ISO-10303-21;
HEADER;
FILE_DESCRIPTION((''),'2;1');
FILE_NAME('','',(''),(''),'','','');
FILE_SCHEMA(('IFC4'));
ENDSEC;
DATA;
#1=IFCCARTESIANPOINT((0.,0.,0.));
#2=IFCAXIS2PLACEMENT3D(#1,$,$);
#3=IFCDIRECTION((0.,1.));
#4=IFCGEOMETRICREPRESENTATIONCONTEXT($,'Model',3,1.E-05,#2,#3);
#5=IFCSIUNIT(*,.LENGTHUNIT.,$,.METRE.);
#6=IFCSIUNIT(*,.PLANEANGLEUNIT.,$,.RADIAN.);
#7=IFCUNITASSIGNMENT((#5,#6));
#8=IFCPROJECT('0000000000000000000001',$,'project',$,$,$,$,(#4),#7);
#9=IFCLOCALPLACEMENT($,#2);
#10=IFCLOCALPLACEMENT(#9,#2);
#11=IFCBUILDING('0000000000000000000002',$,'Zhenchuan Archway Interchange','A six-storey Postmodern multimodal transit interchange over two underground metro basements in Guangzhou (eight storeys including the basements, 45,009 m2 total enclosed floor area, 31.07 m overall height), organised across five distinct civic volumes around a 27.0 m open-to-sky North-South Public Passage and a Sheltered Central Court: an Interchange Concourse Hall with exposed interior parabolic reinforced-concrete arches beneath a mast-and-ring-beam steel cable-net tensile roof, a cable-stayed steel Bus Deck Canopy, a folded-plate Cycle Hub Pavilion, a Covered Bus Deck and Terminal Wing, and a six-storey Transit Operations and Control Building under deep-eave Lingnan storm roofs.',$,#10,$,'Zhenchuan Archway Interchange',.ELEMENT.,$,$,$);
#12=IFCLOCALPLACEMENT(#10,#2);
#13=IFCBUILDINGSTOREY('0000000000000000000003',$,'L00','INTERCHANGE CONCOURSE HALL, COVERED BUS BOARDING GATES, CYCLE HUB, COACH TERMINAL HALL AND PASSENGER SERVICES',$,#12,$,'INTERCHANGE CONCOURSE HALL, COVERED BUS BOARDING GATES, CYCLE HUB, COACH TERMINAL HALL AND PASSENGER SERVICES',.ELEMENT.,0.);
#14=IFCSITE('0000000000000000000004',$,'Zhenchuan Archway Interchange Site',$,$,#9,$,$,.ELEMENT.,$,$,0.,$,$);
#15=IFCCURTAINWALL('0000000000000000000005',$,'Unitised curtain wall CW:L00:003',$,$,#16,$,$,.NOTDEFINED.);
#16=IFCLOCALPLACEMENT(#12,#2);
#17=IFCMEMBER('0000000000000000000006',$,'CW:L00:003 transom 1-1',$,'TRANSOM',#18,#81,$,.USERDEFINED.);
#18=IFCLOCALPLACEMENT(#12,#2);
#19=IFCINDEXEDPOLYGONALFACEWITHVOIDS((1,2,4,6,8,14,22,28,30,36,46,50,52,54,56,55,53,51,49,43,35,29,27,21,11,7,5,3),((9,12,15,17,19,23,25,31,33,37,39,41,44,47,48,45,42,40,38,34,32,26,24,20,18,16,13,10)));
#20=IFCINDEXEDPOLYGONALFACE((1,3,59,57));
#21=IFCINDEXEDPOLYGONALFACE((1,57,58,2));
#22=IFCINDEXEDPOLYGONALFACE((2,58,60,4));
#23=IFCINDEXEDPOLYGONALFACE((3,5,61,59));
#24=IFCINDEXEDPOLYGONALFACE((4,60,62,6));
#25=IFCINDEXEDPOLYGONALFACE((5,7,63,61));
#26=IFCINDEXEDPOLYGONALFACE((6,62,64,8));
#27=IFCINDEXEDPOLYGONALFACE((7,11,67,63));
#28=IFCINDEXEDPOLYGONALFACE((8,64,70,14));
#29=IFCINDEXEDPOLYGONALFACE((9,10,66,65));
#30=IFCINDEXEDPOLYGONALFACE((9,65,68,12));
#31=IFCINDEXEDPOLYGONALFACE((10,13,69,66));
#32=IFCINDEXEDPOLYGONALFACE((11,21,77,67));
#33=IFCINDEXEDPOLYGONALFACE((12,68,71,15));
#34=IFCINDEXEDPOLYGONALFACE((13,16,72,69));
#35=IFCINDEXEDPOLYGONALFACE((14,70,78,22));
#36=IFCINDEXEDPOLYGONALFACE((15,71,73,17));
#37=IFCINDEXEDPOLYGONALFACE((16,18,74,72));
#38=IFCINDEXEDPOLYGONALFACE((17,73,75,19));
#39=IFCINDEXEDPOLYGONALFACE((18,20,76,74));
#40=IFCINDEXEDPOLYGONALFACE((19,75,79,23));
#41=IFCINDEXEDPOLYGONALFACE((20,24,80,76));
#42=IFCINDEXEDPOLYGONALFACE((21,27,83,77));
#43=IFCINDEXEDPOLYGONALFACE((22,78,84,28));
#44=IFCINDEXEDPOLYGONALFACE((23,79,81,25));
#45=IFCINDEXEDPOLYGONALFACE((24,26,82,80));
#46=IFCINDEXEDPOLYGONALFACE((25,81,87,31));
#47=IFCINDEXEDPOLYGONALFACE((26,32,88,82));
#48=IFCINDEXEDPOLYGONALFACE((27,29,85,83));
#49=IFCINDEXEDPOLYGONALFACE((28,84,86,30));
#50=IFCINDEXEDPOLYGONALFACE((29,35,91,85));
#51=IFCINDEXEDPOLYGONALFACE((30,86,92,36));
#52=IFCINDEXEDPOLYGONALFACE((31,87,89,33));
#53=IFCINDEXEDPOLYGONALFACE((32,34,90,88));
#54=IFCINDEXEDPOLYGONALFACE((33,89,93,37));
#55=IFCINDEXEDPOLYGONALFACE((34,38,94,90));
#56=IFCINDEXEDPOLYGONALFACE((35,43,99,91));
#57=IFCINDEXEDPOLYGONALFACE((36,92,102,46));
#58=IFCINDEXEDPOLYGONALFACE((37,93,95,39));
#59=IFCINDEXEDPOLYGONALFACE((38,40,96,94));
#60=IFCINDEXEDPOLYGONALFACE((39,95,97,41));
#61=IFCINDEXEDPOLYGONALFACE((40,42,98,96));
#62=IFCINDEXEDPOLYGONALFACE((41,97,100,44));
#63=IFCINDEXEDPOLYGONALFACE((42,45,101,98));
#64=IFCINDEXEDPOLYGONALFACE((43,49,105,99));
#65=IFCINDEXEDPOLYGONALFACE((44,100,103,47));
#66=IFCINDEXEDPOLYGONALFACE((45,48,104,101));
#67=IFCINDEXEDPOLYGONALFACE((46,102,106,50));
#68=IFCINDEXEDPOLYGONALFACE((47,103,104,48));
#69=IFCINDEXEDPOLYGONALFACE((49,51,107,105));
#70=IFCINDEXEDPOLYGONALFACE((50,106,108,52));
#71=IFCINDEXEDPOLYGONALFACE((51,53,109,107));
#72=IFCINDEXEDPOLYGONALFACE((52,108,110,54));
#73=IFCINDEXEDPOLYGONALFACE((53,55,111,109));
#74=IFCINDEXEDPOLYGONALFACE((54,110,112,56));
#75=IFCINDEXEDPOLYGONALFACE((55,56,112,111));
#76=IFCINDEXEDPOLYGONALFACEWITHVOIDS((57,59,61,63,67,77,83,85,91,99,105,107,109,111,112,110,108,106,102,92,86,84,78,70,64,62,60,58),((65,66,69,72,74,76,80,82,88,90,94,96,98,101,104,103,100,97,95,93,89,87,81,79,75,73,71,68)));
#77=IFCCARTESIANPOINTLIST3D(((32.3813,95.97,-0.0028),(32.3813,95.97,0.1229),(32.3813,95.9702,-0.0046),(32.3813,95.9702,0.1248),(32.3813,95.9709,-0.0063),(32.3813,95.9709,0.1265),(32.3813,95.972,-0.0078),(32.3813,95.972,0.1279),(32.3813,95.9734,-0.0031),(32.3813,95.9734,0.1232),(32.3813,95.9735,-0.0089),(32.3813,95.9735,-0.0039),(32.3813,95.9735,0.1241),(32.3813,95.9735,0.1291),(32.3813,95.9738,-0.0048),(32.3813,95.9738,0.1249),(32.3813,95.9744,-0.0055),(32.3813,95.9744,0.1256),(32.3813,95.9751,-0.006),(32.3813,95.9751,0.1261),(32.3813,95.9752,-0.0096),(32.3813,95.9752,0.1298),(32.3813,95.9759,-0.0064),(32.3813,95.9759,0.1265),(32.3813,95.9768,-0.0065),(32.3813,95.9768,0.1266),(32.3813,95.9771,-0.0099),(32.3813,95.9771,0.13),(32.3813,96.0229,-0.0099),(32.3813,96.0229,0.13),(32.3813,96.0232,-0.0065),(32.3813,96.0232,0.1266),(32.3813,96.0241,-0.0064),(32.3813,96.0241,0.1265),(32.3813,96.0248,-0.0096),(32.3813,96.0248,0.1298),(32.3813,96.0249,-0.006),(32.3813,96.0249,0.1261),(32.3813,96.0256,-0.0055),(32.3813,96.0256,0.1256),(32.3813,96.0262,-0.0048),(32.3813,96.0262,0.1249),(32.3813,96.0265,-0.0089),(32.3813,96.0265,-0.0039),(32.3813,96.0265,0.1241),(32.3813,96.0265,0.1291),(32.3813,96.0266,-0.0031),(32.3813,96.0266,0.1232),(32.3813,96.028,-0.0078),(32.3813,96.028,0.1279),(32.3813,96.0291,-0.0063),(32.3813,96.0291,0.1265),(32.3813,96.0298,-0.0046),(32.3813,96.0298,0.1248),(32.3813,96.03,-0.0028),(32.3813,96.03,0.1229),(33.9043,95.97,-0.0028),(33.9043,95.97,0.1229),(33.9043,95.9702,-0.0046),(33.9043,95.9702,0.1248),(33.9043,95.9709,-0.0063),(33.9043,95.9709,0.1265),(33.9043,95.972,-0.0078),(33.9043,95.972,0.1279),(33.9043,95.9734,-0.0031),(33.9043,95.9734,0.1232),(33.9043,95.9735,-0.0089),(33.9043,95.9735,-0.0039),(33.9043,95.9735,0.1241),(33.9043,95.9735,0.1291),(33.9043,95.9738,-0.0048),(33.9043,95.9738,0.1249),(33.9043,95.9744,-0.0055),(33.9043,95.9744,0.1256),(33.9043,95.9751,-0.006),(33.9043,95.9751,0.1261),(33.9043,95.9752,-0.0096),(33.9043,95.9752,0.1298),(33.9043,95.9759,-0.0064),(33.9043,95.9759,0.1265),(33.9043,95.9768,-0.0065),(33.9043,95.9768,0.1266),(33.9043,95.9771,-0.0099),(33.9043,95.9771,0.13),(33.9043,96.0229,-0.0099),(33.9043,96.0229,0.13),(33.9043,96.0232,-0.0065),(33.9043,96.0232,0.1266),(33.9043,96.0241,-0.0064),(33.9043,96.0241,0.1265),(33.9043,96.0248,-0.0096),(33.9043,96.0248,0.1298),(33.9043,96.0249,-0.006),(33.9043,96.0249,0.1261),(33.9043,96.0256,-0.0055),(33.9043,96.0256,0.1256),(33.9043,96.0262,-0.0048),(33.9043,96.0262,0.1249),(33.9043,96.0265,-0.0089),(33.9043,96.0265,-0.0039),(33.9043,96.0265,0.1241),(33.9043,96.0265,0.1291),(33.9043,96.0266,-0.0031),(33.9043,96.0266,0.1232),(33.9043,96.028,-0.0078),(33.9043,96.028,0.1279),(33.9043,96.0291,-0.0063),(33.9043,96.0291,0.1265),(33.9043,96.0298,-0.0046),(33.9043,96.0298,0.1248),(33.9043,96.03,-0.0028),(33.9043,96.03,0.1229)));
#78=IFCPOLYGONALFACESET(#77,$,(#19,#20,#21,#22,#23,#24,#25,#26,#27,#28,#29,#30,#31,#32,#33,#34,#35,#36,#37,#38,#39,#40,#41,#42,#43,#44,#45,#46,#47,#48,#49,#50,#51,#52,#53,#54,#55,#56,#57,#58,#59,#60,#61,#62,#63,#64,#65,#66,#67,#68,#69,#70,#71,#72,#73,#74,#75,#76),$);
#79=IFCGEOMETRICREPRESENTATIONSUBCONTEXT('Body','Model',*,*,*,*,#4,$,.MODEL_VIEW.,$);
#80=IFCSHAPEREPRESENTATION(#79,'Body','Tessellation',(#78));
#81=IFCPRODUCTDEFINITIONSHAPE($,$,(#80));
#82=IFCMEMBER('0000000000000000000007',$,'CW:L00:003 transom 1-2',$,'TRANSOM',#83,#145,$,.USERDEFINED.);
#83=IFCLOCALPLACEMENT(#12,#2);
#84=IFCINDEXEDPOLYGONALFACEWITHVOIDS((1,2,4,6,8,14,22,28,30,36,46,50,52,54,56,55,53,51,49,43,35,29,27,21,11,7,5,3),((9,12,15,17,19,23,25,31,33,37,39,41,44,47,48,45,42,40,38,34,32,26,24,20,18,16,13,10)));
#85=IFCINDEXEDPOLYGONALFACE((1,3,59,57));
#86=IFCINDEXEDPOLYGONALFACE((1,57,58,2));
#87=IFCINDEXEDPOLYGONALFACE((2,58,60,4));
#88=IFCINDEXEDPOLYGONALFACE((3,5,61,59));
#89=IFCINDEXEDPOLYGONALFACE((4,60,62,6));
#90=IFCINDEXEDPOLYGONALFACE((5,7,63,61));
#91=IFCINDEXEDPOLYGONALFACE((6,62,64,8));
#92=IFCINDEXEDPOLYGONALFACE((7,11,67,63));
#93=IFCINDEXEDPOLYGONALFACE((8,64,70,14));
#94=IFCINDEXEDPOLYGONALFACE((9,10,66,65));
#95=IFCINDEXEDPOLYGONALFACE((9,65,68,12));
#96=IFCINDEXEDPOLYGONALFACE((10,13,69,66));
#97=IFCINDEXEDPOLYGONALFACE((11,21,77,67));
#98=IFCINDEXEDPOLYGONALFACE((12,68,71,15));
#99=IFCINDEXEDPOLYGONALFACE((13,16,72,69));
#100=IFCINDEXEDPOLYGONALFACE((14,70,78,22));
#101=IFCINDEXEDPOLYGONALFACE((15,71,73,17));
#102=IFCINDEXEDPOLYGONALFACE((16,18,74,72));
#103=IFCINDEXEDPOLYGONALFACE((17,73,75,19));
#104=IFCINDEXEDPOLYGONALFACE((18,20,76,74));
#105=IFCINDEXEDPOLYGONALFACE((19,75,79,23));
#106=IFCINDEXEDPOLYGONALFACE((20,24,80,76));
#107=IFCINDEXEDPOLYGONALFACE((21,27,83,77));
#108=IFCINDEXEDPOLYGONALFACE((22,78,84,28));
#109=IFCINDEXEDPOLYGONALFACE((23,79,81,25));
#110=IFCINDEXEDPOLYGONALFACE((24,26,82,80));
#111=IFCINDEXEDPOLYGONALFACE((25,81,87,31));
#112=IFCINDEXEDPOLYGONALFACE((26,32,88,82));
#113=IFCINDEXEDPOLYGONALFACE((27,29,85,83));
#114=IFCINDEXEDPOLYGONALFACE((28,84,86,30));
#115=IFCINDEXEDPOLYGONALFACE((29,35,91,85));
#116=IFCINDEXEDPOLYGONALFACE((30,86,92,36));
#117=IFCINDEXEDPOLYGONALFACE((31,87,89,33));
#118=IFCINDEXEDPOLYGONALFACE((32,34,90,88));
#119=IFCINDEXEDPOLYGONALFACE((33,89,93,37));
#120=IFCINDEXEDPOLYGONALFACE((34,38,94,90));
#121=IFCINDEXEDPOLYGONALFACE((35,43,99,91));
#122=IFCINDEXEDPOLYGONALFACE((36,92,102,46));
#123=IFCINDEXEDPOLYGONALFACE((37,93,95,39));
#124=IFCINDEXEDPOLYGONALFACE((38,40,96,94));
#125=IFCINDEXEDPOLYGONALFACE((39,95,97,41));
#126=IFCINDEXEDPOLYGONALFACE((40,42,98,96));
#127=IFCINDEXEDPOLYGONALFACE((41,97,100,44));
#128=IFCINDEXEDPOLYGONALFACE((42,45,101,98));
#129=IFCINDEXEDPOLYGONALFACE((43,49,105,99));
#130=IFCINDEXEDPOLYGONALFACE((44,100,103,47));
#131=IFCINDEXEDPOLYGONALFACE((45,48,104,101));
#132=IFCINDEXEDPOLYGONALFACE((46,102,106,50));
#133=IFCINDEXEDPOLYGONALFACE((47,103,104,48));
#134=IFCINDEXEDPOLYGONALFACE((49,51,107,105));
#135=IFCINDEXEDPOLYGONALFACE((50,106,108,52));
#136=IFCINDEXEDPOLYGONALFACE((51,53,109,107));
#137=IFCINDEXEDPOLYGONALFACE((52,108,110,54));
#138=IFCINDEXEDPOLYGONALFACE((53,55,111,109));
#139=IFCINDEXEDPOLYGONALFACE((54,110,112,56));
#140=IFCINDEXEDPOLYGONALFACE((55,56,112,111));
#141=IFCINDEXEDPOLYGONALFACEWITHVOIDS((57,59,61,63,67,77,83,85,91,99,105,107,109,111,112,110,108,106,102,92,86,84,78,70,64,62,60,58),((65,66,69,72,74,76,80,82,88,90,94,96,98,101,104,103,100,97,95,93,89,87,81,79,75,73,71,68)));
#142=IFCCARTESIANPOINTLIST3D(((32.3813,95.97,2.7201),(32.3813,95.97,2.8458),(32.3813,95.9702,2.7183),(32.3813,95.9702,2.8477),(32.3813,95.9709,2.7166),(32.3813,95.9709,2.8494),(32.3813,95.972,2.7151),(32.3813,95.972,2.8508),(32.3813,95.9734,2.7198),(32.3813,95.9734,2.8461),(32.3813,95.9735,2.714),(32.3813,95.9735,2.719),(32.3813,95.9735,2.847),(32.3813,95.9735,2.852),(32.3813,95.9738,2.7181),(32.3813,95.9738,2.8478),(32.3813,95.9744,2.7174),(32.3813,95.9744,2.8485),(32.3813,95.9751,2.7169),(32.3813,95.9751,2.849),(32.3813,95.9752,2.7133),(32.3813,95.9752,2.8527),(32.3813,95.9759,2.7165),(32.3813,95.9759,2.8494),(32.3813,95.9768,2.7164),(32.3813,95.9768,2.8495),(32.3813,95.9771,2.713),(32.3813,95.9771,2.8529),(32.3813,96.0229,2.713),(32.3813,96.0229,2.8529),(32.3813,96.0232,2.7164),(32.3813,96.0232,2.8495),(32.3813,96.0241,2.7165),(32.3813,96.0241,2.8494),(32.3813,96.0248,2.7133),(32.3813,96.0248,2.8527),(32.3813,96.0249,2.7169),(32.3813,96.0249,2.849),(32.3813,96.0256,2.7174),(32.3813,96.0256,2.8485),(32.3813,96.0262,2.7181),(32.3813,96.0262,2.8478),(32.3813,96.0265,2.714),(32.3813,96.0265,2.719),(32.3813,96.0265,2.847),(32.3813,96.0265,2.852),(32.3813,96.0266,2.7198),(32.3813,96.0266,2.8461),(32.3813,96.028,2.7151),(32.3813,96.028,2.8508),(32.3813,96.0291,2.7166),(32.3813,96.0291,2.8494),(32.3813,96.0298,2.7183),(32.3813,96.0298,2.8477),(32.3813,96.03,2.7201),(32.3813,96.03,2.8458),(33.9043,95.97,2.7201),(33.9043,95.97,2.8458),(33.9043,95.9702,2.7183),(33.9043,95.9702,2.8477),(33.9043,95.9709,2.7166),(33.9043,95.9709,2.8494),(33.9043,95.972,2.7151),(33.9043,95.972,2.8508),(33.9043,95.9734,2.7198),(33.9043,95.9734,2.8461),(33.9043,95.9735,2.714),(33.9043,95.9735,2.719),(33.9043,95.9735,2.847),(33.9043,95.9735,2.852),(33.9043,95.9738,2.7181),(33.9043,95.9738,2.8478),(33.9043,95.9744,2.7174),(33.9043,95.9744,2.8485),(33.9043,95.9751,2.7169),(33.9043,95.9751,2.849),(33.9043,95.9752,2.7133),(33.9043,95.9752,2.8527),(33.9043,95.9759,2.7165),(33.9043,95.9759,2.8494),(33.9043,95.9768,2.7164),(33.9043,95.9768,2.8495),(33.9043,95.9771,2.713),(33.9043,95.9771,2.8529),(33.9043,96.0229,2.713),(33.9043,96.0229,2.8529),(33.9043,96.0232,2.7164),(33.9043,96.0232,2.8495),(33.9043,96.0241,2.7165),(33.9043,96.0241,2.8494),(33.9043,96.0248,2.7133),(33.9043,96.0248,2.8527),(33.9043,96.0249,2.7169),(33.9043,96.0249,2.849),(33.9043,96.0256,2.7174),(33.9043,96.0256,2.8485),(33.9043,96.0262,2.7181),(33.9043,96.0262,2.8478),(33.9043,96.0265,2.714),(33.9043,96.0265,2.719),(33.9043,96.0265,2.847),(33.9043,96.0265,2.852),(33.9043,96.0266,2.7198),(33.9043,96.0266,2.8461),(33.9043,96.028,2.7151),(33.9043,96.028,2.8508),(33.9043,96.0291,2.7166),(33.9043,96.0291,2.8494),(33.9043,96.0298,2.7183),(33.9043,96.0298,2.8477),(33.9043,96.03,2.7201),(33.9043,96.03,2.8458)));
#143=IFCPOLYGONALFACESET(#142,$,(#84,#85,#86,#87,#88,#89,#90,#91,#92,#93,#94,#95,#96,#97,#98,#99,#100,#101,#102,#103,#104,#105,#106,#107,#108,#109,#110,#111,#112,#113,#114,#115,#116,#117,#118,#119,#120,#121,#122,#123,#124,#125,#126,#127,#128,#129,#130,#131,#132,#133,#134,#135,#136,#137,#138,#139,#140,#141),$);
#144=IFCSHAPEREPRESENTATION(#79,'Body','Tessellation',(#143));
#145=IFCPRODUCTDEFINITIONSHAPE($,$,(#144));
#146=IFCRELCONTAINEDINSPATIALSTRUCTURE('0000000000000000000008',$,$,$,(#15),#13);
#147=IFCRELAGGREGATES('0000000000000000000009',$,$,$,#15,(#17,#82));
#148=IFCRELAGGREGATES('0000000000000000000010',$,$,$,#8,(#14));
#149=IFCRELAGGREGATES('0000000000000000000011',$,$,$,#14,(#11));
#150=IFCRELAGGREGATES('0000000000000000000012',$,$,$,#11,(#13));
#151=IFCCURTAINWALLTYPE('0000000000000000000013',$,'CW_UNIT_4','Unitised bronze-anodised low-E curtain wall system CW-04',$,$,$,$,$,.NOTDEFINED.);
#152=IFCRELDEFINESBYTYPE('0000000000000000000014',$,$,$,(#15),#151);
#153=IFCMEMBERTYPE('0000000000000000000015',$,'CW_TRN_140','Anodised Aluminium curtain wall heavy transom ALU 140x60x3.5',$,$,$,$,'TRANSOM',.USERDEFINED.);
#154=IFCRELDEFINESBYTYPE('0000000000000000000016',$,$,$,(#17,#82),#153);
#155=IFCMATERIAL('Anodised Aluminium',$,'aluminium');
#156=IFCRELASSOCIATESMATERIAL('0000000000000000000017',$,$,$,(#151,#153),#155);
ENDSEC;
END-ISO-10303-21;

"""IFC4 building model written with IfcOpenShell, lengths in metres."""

from ifc_helpers import new_model, si_unit, direction, frame, origin, origin_2d, place, context, subcontext, project, spatial, hollow_rectangle, extrude, material, material_profile, profile_set, type_object, element, aggregate, save


model = new_model("IFC4")

# Units and contexts
model_context = context("Model", 3, precision=1e-05, world=origin(), true_north=direction((0.0, 1.0)))
body_context = subcontext(model_context, "Body", "Model", "MODEL_VIEW")
ifc_project = project(units=[si_unit("LENGTHUNIT", "METRE"), si_unit("PLANEANGLEUNIT", "RADIAN")], contexts=[model_context])

# Site, building, storey
site_placement = place(None, origin())
site = spatial("IfcSite", under=ifc_project, at=site_placement, Name="Zhenchuan Archway Interchange Site", CompositionType="ELEMENT", RefElevation=0.0)
building_placement = place(site_placement, origin())
building = spatial("IfcBuilding", under=site, at=building_placement, Name="Zhenchuan Archway Interchange", Description="A six-storey Postmodern multimodal transit interchange over two underground metro basements in Guangzhou (eight storeys including the basements, 45,009 m2 total enclosed floor area, 31.07 m overall height), organised across five distinct civic volumes around a 27.0 m open-to-sky North-South Public Passage and a Sheltered Central Court: an Interchange Concourse Hall with exposed interior parabolic reinforced-concrete arches beneath a mast-and-ring-beam steel cable-net tensile roof, a cable-stayed steel Bus Deck Canopy, a folded-plate Cycle Hub Pavilion, a Covered Bus Deck and Terminal Wing, and a six-storey Transit Operations and Control Building under deep-eave Lingnan storm roofs.", LongName="Zhenchuan Archway Interchange", CompositionType="ELEMENT")
storey_placement = place(building_placement, origin())
storey = spatial("IfcBuildingStorey", under=building, at=storey_placement, Name="L00", Description="INTERCHANGE CONCOURSE HALL, COVERED BUS BOARDING GATES, CYCLE HUB, COACH TERMINAL HALL AND PASSENGER SERVICES", LongName="INTERCHANGE CONCOURSE HALL, COVERED BUS BOARDING GATES, CYCLE HUB, COACH TERMINAL HALL AND PASSENGER SERVICES", CompositionType="ELEMENT", Elevation=0.0)

# Curtain wall, members
ifc_material_1 = material(Name="Anodised Aluminium", Category="aluminium")
curtain_wall_type = type_object("IfcCurtainWallType", Name="CW_UNIT_4", Description="Unitised bronze-anodised low-E curtain wall system CW-04", PredefinedType="NOTDEFINED", material=ifc_material_1)
curtain_wall_placement = place(storey_placement, origin())
curtain_wall = element("IfcCurtainWall", 1, at=curtain_wall_placement, inside=storey, type_object=curtain_wall_type, Name="Unitised curtain wall CW:L00:003", PredefinedType="NOTDEFINED")
ifc_material_profile_1 = material_profile(ifc_material_1, hollow_rectangle(XDim=0.0601, YDim=0.1399, WallThickness=0.0034, InnerFilletRadius=0.0034, OuterFilletRadius=0.0071, at=origin_2d()), Name="ALU 140x60x3.5")
ifc_profile_set_1 = profile_set([ifc_material_profile_1], Name="Anodised Aluminium")
member_type_1 = type_object("IfcMemberType", Name="CW_TRN_140", Description="Anodised Aluminium curtain wall heavy transom ALU 140x60x3.5", ElementType="TRANSOM", PredefinedType="USERDEFINED", material=ifc_profile_set_1)
member_1_placement = place(storey_placement, frame((33.9043, 96.0, 0.0601), z_axis=(-1.0, 0.0, 0.0), x_axis=(0.0, -1.0, 0.0)))
member_1 = element("IfcMember", 2, at=member_1_placement, type_object=member_type_1, Name="CW:L00:003 transom 1-1", ObjectType="TRANSOM", PredefinedType="USERDEFINED", context=body_context, shape_type="SweptSolid", body=[
    extrude(hollow_rectangle(XDim=0.0601, YDim=0.1399, WallThickness=0.0034, InnerFilletRadius=0.0034, OuterFilletRadius=0.0071, at=origin_2d()), origin(), (0.0, 0.0, 1.0), 1.5229),
])
member_2_placement = place(storey_placement, frame((33.9043, 96.0, 2.783), z_axis=(-1.0, 0.0, 0.0), x_axis=(0.0, -1.0, 0.0)))
member_2 = element("IfcMember", 3, at=member_2_placement, type_object=member_type_1, Name="CW:L00:003 transom 1-2", ObjectType="TRANSOM", PredefinedType="USERDEFINED", context=body_context, shape_type="SweptSolid", body=[
    extrude(hollow_rectangle(XDim=0.0601, YDim=0.1399, WallThickness=0.0034, InnerFilletRadius=0.0034, OuterFilletRadius=0.0071, at=origin_2d()), origin(), (0.0, 0.0, 1.0), 1.5229),
])

aggregate(curtain_wall, [member_1, member_2])

save(model, "model.ifc")
